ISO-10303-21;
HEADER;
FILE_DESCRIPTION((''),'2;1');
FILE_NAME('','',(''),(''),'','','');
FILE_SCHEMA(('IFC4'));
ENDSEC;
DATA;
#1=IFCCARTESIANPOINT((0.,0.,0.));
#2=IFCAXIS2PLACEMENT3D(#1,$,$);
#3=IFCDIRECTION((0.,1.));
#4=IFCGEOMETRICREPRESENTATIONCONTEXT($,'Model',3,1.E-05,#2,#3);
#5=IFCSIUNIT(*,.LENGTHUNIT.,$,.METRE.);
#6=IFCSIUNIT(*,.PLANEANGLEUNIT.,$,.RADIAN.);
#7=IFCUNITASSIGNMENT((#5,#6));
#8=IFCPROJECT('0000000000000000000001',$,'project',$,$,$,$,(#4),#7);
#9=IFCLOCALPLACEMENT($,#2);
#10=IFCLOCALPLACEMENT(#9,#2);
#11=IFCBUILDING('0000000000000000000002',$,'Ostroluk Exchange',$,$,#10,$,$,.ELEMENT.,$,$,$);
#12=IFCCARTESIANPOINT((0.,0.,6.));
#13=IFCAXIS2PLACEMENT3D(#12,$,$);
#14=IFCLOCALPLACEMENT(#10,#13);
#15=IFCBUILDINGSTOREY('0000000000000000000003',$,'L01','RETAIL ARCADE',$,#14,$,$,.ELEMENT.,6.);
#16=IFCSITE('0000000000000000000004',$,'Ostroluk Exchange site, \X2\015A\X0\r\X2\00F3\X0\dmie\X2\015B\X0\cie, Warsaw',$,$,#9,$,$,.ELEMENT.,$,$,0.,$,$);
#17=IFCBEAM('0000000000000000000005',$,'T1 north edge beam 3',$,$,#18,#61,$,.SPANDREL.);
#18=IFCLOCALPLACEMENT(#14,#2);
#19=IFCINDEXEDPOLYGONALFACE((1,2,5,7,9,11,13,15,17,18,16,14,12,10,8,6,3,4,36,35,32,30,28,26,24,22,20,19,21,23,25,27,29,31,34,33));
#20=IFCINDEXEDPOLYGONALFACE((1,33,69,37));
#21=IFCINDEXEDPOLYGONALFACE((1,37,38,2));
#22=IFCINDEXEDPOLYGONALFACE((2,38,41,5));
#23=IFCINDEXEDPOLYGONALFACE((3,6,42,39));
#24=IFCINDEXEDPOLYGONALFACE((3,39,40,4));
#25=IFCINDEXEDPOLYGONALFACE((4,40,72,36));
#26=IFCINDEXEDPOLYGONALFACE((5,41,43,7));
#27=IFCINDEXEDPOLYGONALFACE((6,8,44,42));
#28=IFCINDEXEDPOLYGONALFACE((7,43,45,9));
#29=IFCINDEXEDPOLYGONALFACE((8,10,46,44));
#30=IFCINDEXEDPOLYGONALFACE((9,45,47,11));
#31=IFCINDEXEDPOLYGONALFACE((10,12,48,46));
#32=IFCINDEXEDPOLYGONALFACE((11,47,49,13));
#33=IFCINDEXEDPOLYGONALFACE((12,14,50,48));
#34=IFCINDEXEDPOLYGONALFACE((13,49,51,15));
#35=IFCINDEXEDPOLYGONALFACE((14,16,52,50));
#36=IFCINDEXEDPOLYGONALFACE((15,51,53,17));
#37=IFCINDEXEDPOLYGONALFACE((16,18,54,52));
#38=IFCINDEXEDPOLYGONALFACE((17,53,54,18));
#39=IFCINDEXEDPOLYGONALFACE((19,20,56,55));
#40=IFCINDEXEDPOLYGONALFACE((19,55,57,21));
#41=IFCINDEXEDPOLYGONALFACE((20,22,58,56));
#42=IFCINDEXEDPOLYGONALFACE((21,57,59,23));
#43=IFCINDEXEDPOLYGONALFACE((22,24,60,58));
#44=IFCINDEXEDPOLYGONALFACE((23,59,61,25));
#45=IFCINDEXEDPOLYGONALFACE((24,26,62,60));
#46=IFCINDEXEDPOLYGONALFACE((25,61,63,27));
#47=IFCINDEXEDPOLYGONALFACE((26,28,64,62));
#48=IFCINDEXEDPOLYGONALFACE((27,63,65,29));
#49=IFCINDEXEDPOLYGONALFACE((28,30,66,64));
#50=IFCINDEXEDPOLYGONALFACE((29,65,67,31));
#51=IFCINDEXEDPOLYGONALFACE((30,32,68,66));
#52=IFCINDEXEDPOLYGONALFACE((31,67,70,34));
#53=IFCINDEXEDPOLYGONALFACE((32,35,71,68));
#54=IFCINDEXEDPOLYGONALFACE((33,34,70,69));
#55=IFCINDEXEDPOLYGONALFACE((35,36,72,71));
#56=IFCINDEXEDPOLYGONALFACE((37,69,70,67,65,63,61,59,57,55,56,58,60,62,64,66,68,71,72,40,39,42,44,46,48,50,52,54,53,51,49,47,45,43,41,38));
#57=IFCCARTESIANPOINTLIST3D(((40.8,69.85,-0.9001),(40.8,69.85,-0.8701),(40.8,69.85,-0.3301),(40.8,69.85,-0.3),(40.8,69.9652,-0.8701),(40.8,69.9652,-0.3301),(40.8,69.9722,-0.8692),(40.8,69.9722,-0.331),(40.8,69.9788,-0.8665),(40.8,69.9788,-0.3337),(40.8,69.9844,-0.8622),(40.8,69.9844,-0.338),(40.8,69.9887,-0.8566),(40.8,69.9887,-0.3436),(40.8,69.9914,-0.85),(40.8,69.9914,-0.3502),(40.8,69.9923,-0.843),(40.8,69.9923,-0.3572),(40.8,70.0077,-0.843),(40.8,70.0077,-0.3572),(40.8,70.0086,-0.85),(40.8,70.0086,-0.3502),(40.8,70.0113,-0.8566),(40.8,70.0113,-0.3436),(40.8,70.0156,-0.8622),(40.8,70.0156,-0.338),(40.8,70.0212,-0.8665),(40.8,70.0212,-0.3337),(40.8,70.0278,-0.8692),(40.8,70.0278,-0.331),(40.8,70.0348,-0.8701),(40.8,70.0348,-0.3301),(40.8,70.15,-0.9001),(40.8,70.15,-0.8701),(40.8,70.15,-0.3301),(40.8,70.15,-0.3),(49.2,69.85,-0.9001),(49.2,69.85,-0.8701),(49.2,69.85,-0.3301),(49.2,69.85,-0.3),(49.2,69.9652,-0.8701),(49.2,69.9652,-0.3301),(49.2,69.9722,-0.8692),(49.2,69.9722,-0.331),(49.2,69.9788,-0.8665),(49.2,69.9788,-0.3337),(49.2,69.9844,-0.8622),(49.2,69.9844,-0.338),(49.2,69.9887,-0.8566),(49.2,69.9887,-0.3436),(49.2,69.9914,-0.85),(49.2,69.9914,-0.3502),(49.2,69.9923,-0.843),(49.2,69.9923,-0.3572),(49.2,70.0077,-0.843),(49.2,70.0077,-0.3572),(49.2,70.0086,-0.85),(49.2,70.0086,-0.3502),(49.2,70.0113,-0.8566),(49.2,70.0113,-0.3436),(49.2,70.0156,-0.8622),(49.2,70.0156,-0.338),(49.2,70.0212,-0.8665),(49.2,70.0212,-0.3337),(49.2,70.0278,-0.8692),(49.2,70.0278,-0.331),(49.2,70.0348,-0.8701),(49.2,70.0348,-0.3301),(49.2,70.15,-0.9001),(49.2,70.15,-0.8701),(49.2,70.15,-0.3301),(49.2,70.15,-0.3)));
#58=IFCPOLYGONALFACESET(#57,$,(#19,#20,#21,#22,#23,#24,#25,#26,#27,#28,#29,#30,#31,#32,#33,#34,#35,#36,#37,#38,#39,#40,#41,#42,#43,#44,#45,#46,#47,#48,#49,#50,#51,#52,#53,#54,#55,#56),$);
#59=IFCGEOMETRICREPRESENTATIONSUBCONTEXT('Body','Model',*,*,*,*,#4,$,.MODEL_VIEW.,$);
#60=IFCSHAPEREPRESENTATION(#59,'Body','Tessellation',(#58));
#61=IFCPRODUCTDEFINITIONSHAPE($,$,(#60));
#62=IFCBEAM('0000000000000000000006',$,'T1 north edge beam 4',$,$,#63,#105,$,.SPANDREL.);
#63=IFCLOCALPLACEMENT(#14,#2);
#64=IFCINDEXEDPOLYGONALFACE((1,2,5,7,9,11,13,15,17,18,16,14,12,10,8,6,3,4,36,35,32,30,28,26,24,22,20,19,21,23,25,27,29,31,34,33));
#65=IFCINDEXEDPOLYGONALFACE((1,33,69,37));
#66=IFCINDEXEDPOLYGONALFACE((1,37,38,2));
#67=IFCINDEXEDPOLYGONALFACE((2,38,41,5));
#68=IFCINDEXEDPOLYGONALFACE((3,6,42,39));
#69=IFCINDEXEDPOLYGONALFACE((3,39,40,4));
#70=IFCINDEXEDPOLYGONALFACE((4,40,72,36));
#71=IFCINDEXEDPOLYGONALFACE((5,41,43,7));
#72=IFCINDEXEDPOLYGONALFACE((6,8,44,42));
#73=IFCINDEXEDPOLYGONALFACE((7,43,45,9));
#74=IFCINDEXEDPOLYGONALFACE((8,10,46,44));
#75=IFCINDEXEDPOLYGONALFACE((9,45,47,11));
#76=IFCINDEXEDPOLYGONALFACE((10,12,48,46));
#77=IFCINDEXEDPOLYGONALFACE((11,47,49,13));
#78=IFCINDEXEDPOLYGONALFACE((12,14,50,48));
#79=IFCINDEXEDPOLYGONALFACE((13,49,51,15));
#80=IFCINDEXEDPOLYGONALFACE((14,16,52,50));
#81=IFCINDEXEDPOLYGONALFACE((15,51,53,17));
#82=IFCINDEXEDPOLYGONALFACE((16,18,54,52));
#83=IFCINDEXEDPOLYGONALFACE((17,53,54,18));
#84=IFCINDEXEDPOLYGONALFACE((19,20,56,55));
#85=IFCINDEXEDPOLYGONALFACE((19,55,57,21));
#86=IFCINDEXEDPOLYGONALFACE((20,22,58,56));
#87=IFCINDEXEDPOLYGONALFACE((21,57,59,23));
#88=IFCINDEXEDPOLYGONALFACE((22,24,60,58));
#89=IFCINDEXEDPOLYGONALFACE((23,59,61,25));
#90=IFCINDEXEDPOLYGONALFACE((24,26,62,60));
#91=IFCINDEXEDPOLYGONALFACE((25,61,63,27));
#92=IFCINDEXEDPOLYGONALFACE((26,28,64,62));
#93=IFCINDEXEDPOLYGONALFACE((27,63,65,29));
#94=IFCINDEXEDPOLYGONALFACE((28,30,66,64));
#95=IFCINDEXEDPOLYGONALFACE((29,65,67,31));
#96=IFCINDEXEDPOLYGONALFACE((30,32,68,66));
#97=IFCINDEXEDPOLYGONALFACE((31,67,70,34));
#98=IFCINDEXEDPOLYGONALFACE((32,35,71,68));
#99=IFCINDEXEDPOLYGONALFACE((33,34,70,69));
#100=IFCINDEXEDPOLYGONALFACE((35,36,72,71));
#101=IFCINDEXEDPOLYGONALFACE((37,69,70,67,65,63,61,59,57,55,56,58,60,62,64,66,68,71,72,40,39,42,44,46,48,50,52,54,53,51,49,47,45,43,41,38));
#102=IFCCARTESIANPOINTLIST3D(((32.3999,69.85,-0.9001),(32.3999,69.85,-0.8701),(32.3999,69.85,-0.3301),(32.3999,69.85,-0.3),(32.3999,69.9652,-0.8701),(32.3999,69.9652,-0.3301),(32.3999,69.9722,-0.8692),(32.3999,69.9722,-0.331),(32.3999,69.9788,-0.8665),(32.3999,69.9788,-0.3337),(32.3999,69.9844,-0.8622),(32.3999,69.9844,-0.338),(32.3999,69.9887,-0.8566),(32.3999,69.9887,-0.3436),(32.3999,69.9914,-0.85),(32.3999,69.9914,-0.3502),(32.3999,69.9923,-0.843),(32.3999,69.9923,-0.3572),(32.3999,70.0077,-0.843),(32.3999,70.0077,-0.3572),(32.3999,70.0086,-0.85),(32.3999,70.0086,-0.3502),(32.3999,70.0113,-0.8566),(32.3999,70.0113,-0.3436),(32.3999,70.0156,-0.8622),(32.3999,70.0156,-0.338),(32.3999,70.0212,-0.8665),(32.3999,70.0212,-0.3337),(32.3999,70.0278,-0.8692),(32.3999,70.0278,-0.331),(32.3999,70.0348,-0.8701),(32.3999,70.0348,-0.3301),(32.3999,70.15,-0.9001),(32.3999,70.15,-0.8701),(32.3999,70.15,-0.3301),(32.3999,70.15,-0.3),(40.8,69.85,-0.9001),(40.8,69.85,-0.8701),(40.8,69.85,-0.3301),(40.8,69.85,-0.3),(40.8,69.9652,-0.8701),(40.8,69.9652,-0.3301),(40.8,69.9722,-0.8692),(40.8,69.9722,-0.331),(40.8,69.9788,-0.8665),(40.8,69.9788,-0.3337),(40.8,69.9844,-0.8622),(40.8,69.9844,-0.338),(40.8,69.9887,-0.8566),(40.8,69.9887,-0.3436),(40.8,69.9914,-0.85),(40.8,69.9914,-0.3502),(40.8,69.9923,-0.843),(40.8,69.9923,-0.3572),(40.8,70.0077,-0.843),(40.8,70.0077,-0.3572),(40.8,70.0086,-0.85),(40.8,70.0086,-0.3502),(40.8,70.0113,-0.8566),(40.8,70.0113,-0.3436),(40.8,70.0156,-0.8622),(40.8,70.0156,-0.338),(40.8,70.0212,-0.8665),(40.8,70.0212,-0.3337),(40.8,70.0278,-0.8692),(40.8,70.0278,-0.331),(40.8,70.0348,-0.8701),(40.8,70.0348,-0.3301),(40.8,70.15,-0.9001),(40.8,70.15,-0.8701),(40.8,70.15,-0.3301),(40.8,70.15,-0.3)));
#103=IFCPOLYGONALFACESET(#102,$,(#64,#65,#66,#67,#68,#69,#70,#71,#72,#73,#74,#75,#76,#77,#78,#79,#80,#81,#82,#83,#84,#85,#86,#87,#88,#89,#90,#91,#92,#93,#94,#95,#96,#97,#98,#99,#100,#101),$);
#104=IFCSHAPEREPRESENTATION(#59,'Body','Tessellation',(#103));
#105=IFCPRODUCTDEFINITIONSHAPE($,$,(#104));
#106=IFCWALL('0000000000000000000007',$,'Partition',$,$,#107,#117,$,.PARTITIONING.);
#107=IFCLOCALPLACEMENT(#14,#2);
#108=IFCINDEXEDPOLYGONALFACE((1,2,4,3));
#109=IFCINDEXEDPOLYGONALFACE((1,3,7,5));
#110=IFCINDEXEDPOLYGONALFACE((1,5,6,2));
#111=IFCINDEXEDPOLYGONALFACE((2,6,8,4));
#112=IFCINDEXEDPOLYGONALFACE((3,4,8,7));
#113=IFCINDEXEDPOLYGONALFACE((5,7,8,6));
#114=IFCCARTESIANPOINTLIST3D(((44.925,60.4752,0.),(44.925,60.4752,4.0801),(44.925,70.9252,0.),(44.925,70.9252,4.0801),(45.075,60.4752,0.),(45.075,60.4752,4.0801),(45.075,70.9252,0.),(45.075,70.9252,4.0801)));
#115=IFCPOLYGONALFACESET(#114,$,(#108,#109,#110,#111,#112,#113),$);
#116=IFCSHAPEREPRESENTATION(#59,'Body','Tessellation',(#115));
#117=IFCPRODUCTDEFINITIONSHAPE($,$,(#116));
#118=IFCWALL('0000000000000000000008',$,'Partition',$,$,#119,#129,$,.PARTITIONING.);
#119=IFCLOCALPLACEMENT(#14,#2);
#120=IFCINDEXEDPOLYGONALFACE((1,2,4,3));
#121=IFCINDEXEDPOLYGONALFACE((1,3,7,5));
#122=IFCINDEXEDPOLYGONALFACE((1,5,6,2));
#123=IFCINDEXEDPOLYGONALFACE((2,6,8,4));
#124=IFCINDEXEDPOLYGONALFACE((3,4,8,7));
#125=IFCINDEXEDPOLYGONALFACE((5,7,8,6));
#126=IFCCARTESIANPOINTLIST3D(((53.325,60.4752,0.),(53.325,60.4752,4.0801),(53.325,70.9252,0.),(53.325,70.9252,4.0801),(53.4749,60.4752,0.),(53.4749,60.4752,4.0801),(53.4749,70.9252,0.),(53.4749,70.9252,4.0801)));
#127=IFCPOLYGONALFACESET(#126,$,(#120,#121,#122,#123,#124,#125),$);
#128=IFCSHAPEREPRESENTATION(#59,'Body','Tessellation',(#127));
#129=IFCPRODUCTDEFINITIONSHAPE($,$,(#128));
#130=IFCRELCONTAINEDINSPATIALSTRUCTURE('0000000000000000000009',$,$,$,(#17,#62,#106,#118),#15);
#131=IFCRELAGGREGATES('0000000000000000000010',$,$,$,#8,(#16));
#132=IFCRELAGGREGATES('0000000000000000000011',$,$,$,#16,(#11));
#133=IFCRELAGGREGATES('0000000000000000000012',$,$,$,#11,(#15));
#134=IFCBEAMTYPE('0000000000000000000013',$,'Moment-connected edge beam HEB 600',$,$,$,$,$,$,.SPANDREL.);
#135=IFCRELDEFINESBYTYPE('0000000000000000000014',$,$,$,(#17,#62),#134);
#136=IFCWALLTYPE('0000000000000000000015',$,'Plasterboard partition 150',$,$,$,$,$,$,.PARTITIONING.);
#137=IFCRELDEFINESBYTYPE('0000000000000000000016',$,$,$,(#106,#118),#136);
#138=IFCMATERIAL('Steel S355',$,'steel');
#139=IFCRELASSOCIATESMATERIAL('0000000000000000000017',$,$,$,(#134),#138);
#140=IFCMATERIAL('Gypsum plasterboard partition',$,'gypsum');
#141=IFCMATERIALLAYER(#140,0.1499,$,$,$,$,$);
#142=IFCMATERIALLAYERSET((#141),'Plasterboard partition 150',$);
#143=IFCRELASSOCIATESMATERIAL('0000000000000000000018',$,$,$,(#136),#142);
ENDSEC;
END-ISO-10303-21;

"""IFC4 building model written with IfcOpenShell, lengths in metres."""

from ifc_helpers import new_model, si_unit, direction, frame, frame_2d, origin, origin_2d, place, context, subcontext, project, spatial, rectangle, i_section, extrude, material, layer, layer_set, material_profile, profile_set, type_object, element, save


model = new_model("IFC4")

# Units and contexts
model_context = context("Model", 3, precision=1e-05, world=origin(), true_north=direction((0.0, 1.0)))
body_context = subcontext(model_context, "Body", "Model", "MODEL_VIEW")
ifc_project = project(units=[si_unit("LENGTHUNIT", "METRE"), si_unit("PLANEANGLEUNIT", "RADIAN")], contexts=[model_context])

# Site, building, storey
site_placement = place(None, origin())
site = spatial("IfcSite", under=ifc_project, at=site_placement, Name="Ostroluk Exchange site, Śródmieście, Warsaw", CompositionType="ELEMENT", RefElevation=0.0)
building_placement = place(site_placement, origin())
building = spatial("IfcBuilding", under=site, at=building_placement, Name="Ostroluk Exchange", CompositionType="ELEMENT")
storey_placement = place(building_placement, frame((0.0, 0.0, 6.0)))
storey = spatial("IfcBuildingStorey", under=building, at=storey_placement, Name="L01", Description="RETAIL ARCADE", CompositionType="ELEMENT", Elevation=6.0)

# Beams
ifc_material_1 = material(Name="Steel S355", Category="steel")
ifc_material_profile_1 = material_profile(ifc_material_1, i_section(OverallWidth=0.3, OverallDepth=0.6001, WebThickness=0.0154, FlangeThickness=0.03, FilletRadius=0.0271, at=origin_2d()), Name="HEB 600")
ifc_profile_set_1 = profile_set([ifc_material_profile_1], Name="Steel S355")
beam_type_1 = type_object("IfcBeamType", Name="Moment-connected edge beam HEB 600", PredefinedType="SPANDREL", material=ifc_profile_set_1)
beam_1_placement = place(storey_placement, frame((49.2, 70.0, -0.6001), z_axis=(-1.0, 0.0, 0.0), x_axis=(0.0, -1.0, 0.0)))
element("IfcBeam", 1, at=beam_1_placement, inside=storey, type_object=beam_type_1, Name="T1 north edge beam 3", PredefinedType="SPANDREL", context=body_context, shape_type="SweptSolid", body=[
    extrude(i_section(OverallWidth=0.3, OverallDepth=0.6001, WebThickness=0.0154, FlangeThickness=0.03, FilletRadius=0.0271, at=origin_2d()), origin(), (0.0, 0.0, 1.0), 8.3999),
])
beam_2_placement = place(storey_placement, frame((40.8, 70.0, -0.6001), z_axis=(-1.0, 0.0, 0.0), x_axis=(0.0, -1.0, 0.0)))
element("IfcBeam", 2, at=beam_2_placement, inside=storey, type_object=beam_type_1, Name="T1 north edge beam 4", PredefinedType="SPANDREL", context=body_context, shape_type="SweptSolid", body=[
    extrude(i_section(OverallWidth=0.3, OverallDepth=0.6001, WebThickness=0.0154, FlangeThickness=0.03, FilletRadius=0.0271, at=origin_2d()), origin(), (0.0, 0.0, 1.0), 8.4001),
])

# Walls
ifc_material_2 = material(Name="Gypsum plasterboard partition", Category="gypsum")
ifc_layer = layer(ifc_material_2, 0.1499)
ifc_layer_set = layer_set([ifc_layer], Name="Plasterboard partition 150")
wall_type = type_object("IfcWallType", Name="Plasterboard partition 150", PredefinedType="PARTITIONING", material=ifc_layer_set)
for number, where, z_axis, x_axis, name in (
    (3, (45.0, 60.4751, 0.0), (0.0, 0.0, 1.0), (0.0, 1.0, 0.0), "Partition"),
    (4, (53.3999, 60.4751, 0.0), (0.0, 0.0, 1.0), (0.0, 1.0, 0.0), "Partition"),
):
    element("IfcWall", number, at=place(storey_placement, frame(where, z_axis=z_axis, x_axis=x_axis)), inside=storey, type_object=wall_type, Name=name, PredefinedType="PARTITIONING", context=body_context, shape_type="SweptSolid", body=[
        extrude(rectangle(XDim=10.45, YDim=0.1499, at=frame_2d((5.2251, 0.0))), origin(), (0.0, 0.0, 1.0), 4.0801),
    ])

save(model, "model.ifc")
